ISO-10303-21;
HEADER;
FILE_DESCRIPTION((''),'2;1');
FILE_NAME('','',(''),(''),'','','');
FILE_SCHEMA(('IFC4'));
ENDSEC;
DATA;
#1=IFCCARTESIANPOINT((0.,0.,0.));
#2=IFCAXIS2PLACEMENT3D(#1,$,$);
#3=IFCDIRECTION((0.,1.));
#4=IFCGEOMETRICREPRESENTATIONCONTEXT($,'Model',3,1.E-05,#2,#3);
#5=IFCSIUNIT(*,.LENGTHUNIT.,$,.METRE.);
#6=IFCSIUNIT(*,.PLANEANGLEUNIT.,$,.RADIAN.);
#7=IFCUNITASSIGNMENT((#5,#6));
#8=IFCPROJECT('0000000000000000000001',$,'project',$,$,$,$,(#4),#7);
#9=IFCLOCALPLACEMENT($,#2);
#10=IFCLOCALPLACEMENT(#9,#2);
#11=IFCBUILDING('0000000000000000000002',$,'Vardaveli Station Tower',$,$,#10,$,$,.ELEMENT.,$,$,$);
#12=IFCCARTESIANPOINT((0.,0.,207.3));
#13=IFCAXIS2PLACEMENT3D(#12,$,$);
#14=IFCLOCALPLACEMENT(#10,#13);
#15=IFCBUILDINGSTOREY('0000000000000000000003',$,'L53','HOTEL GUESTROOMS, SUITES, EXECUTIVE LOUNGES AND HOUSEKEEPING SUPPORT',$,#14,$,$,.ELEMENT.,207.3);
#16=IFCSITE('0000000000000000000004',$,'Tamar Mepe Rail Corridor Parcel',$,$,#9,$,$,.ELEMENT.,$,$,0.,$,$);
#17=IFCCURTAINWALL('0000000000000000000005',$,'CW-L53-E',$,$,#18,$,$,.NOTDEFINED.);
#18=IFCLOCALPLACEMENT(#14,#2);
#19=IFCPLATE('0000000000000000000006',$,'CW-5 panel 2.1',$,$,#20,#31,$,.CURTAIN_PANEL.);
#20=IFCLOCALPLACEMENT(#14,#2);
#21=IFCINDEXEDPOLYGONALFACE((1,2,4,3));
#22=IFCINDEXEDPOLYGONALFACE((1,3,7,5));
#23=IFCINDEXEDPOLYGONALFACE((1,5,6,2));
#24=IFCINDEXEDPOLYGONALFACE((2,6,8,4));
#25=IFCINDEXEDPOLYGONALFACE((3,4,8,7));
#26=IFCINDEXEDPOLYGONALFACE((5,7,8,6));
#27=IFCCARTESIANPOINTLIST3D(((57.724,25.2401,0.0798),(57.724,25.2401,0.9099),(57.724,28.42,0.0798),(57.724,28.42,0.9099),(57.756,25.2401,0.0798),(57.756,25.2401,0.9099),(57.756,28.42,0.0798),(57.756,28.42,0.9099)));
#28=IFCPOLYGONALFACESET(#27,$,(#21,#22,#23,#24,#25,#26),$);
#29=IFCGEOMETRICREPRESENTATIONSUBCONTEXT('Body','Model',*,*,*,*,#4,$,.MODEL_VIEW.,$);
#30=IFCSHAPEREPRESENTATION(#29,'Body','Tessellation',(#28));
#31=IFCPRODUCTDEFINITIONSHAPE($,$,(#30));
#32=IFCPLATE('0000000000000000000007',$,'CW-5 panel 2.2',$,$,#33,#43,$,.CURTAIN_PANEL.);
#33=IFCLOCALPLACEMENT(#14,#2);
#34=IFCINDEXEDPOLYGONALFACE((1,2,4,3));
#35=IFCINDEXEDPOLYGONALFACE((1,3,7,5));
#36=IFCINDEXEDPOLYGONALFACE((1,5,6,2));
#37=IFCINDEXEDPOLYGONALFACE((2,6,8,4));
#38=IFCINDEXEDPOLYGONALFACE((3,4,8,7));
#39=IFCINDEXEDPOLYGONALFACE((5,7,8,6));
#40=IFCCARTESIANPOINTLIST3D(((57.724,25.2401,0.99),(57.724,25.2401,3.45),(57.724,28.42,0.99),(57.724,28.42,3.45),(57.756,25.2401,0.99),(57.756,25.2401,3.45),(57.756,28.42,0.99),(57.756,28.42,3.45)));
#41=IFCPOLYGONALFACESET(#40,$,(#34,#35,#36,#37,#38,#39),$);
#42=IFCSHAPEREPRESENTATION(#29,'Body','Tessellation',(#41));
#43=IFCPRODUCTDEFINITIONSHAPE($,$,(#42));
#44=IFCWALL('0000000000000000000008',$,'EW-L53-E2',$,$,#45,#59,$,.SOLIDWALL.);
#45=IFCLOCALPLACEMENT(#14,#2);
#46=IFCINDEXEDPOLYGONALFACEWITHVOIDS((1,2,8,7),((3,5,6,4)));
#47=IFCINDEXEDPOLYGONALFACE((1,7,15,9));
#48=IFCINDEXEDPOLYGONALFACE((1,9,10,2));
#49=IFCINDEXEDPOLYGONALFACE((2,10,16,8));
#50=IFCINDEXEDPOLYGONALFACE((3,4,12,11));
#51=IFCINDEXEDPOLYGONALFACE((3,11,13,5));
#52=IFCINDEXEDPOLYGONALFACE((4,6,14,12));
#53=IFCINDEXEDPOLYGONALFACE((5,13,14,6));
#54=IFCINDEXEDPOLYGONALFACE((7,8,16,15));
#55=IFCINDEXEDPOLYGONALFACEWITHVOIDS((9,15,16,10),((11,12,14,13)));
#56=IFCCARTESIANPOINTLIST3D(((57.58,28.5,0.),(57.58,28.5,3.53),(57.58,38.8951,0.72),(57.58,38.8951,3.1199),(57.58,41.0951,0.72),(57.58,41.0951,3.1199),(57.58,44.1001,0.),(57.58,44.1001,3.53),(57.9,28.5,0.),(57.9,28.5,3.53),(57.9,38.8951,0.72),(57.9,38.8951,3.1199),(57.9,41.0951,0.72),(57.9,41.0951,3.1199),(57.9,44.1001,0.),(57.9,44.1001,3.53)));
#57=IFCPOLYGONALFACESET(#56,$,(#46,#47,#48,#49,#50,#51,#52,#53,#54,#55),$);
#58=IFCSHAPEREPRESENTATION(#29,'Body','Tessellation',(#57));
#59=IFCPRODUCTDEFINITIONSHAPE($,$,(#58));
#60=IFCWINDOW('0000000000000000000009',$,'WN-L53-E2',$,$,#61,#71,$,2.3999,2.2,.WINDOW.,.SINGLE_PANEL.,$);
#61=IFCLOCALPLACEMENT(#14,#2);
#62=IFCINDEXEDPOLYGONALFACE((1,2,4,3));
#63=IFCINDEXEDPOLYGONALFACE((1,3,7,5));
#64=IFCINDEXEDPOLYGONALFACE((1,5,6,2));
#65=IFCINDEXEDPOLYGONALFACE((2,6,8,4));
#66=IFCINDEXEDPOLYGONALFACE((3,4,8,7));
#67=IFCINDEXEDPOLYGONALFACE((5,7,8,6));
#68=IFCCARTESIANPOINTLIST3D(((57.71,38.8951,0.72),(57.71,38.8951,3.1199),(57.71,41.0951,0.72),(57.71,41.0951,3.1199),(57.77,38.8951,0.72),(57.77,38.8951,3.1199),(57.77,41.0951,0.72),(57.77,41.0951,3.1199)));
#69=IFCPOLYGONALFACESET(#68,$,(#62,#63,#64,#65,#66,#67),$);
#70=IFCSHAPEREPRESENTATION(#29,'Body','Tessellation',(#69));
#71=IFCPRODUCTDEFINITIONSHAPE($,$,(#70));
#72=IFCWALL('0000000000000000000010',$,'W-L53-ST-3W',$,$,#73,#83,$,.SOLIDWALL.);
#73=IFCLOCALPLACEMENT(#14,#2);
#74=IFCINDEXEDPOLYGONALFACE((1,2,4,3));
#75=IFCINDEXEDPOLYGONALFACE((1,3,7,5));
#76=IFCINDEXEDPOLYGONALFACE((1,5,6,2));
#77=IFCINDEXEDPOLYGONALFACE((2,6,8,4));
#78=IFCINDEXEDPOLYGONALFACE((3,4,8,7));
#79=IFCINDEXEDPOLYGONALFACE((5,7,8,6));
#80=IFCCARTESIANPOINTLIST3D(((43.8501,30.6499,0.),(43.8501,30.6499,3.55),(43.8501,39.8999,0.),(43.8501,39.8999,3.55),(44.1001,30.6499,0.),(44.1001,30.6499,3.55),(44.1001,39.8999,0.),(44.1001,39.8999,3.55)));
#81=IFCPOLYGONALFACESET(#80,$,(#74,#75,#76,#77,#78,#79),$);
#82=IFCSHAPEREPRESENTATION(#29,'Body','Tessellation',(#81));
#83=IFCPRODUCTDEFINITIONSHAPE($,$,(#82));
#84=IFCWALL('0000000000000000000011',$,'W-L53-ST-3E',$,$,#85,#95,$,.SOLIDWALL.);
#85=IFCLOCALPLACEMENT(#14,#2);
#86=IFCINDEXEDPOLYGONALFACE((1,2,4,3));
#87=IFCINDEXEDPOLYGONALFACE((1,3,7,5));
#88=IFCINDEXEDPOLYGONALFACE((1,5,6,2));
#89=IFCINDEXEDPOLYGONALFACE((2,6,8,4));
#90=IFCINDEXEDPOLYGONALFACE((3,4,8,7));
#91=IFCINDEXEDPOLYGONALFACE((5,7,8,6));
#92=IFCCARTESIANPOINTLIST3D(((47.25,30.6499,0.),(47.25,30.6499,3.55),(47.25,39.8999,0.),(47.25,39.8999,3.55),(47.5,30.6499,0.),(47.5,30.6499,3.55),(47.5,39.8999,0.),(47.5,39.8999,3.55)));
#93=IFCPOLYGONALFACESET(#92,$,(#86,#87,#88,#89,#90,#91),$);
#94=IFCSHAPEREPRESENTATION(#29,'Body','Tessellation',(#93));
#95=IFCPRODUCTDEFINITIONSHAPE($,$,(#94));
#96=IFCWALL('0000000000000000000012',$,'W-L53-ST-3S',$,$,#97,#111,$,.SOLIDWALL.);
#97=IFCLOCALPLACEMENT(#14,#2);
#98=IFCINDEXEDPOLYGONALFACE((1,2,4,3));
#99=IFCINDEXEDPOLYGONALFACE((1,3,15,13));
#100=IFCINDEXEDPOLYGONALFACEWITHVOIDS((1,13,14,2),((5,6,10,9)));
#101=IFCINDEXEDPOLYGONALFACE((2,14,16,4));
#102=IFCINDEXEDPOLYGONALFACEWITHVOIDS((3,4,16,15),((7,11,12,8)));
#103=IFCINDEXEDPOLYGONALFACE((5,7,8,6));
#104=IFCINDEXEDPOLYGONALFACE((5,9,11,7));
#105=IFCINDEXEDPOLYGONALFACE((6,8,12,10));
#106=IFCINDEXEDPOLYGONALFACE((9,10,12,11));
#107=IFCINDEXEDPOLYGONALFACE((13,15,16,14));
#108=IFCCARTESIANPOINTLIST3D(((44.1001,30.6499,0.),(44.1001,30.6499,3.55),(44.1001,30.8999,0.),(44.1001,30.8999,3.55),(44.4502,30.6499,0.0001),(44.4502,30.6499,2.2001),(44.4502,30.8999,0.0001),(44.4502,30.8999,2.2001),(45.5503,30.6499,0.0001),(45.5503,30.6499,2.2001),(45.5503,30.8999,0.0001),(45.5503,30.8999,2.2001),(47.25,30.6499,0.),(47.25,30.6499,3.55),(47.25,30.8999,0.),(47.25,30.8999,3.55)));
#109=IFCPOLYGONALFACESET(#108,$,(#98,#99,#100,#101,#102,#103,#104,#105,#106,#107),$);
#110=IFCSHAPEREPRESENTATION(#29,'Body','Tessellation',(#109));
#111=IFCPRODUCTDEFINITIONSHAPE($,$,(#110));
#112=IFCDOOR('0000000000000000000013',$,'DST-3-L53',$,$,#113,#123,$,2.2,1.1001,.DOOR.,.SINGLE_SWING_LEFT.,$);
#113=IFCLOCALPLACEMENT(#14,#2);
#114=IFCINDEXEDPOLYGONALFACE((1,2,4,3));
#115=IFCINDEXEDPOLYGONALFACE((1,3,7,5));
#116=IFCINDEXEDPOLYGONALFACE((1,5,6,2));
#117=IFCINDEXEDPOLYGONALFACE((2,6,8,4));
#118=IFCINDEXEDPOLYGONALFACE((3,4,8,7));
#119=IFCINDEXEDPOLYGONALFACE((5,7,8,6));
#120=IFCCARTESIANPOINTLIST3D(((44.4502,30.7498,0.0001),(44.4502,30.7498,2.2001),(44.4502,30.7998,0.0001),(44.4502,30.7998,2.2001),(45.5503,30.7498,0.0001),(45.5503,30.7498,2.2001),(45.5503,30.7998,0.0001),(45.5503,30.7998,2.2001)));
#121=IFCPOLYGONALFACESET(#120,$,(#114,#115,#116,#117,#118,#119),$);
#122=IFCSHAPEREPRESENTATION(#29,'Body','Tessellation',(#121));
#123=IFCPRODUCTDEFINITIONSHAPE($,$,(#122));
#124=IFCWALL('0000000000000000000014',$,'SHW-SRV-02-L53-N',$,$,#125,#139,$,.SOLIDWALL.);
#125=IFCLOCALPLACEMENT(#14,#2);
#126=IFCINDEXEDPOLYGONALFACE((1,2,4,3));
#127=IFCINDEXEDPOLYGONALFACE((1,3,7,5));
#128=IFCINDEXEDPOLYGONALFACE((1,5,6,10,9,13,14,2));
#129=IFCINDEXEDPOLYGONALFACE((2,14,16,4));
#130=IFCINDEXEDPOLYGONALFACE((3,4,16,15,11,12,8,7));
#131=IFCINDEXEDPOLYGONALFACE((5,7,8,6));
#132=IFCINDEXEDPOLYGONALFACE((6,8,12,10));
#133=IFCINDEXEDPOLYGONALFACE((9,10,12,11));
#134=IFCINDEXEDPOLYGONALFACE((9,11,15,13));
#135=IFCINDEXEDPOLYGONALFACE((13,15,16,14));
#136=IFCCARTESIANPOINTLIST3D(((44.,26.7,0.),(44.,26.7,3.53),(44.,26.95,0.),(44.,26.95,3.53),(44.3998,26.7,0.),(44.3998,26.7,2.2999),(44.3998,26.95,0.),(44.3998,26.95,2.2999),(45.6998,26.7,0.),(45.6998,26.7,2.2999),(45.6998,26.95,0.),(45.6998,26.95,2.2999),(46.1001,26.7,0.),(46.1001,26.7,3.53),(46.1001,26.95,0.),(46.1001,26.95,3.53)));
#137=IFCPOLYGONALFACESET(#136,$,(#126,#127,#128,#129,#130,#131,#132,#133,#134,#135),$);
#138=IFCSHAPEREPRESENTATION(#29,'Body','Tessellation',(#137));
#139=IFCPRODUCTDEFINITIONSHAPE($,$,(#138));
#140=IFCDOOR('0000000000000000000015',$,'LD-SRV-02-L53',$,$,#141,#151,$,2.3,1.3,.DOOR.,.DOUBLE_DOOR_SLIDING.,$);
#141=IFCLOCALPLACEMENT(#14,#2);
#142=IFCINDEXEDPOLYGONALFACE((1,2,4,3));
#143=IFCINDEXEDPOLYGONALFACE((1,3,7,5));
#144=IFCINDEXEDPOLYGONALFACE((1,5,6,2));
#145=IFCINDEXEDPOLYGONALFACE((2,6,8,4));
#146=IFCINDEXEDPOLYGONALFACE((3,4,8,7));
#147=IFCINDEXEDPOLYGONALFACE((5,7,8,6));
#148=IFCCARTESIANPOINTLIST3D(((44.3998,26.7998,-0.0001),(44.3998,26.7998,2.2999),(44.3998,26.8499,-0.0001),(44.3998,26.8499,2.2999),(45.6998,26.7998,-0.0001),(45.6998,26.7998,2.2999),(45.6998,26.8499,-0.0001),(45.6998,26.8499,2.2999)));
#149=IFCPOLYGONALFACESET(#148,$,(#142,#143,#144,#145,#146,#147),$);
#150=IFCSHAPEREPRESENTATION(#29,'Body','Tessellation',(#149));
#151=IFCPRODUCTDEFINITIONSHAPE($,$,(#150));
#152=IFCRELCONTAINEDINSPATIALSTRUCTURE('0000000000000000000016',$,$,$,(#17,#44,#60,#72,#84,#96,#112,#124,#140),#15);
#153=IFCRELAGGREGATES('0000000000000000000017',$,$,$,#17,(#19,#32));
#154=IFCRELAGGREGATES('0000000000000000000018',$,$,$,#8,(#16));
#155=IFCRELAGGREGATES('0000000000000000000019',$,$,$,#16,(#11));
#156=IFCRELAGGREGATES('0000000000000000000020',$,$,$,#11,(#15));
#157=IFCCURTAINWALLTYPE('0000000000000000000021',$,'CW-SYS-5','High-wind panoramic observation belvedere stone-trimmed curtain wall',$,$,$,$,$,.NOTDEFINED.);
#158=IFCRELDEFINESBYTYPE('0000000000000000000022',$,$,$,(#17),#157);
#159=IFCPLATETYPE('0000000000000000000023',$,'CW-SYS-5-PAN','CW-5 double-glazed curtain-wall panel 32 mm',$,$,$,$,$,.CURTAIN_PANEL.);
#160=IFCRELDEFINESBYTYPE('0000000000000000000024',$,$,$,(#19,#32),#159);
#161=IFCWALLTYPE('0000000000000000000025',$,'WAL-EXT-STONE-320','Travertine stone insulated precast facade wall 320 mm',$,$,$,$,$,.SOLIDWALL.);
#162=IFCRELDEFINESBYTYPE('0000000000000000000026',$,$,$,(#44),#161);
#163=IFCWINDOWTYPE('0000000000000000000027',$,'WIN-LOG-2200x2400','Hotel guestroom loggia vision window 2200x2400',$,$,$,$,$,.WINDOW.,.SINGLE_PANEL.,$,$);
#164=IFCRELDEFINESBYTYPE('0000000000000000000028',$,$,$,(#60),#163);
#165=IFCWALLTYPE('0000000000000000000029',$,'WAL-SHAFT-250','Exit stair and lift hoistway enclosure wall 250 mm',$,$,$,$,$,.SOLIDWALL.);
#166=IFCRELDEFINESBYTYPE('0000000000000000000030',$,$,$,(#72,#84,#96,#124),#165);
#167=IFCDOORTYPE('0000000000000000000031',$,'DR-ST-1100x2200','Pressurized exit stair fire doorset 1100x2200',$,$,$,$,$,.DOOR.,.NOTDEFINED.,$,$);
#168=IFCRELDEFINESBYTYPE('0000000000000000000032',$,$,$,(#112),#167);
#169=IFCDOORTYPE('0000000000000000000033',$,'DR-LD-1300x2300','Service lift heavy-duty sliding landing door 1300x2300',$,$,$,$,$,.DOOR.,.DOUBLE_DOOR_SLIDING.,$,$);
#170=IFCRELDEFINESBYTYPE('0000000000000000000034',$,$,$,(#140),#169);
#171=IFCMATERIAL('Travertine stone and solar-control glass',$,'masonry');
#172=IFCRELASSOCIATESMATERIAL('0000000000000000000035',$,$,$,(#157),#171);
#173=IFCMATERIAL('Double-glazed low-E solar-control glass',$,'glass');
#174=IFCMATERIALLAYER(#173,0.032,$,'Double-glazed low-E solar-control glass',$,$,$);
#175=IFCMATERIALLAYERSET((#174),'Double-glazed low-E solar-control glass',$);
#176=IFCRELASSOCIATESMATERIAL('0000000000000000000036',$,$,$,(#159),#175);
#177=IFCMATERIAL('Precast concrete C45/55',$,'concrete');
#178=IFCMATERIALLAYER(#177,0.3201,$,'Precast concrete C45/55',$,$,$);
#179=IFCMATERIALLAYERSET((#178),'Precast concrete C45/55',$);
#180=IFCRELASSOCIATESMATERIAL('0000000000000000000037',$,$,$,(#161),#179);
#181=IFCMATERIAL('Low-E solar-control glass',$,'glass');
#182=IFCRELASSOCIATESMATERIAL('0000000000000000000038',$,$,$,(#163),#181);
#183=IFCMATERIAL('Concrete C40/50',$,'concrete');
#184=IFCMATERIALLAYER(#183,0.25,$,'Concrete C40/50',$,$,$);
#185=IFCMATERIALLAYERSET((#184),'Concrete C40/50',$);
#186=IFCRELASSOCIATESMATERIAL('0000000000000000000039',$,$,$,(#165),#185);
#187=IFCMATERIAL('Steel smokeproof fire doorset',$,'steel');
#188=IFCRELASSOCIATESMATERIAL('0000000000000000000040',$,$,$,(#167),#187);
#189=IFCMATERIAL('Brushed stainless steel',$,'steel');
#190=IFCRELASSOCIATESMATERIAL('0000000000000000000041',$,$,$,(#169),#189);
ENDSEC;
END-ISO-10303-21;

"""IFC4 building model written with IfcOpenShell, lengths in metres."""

from ifc_helpers import new_model, si_unit, direction, frame, frame_2d, origin, origin_2d, place, context, subcontext, project, spatial, rectangle, extrude, source, transform, mapped, material, layer, layer_set, type_object, element, fill, aggregate, save


model = new_model("IFC4")

# Units and contexts
model_context = context("Model", 3, precision=1e-05, world=origin(), true_north=direction((0.0, 1.0)))
body_context = subcontext(model_context, "Body", "Model", "MODEL_VIEW")
ifc_project = project(units=[si_unit("LENGTHUNIT", "METRE"), si_unit("PLANEANGLEUNIT", "RADIAN")], contexts=[model_context])

# Site, building, storey
site_placement = place(None, origin())
site = spatial("IfcSite", under=ifc_project, at=site_placement, Name="Tamar Mepe Rail Corridor Parcel", CompositionType="ELEMENT", RefElevation=0.0)
building_placement = place(site_placement, origin())
building = spatial("IfcBuilding", under=site, at=building_placement, Name="Vardaveli Station Tower", CompositionType="ELEMENT")
storey_placement = place(building_placement, frame((0.0, 0.0, 207.3)))
storey = spatial("IfcBuildingStorey", under=building, at=storey_placement, Name="L53", Description="HOTEL GUESTROOMS, SUITES, EXECUTIVE LOUNGES AND HOUSEKEEPING SUPPORT", CompositionType="ELEMENT", Elevation=207.3)

# Shared definitions
ifc_material_1 = material(Name="Precast concrete C45/55", Category="concrete")

# Curtain wall, plates
ifc_material_2 = material(Name="Travertine stone and solar-control glass", Category="masonry")
curtain_wall_type = type_object("IfcCurtainWallType", Name="CW-SYS-5", Description="High-wind panoramic observation belvedere stone-trimmed curtain wall", PredefinedType="NOTDEFINED", material=ifc_material_2)
curtain_wall_placement = place(storey_placement, origin())
curtain_wall = element("IfcCurtainWall", 1, at=curtain_wall_placement, inside=storey, type_object=curtain_wall_type, Name="CW-L53-E", PredefinedType="NOTDEFINED")
ifc_material_3 = material(Name="Double-glazed low-E solar-control glass", Category="glass")
ifc_layer_1 = layer(ifc_material_3, 0.032, Name="Double-glazed low-E solar-control glass")
ifc_layer_set_1 = layer_set([ifc_layer_1], Name="Double-glazed low-E solar-control glass")
plate_type = type_object("IfcPlateType", Name="CW-SYS-5-PAN", Description="CW-5 double-glazed curtain-wall panel 32 mm", PredefinedType="CURTAIN_PANEL", material=ifc_layer_set_1)
shared_shape_1 = source(origin(), body_context, "Body", "SweptSolid", [
    extrude(rectangle(XDim=3.1799, YDim=0.032, at=origin_2d()), origin(), (0.0, 0.0, 1.0), 0.8301),
])
plate_1_placement = place(storey_placement, frame((57.74, 26.8301, 0.0798), z_axis=(0.0, 0.0, 1.0), x_axis=(0.0, 1.0, 0.0)))
plate_1 = element("IfcPlate", 2, at=plate_1_placement, type_object=plate_type, Name="CW-5 panel 2.1", PredefinedType="CURTAIN_PANEL", context=body_context, shape_type="MappedRepresentation", body=[
    mapped(shared_shape_1, transform((0.0, 0.0, 0.0), scale=1.0)),
])
shared_shape_2 = source(origin(), body_context, "Body", "SweptSolid", [
    extrude(rectangle(XDim=3.1799, YDim=0.032, at=origin_2d()), origin(), (0.0, 0.0, 1.0), 2.46),
])
plate_2_placement = place(storey_placement, frame((57.74, 26.8301, 0.99), z_axis=(0.0, 0.0, 1.0), x_axis=(0.0, 1.0, 0.0)))
plate_2 = element("IfcPlate", 3, at=plate_2_placement, type_object=plate_type, Name="CW-5 panel 2.2", PredefinedType="CURTAIN_PANEL", context=body_context, shape_type="MappedRepresentation", body=[
    mapped(shared_shape_2, transform((0.0, 0.0, 0.0), scale=1.0)),
])
aggregate(curtain_wall, [plate_1, plate_2])

# Wall, opening, window
ifc_layer_2 = layer(ifc_material_1, 0.3201, Name="Precast concrete C45/55")
ifc_layer_set_2 = layer_set([ifc_layer_2], Name="Precast concrete C45/55")
wall_type_1 = type_object("IfcWallType", Name="WAL-EXT-STONE-320", Description="Travertine stone insulated precast facade wall 320 mm", PredefinedType="SOLIDWALL", material=ifc_layer_set_2)
shared_shape_3 = source(origin(), body_context, "Body", "SweptSolid", [
    extrude(rectangle(XDim=15.6001, YDim=0.3201, at=frame_2d((7.8, 0.0))), origin(), (0.0, 0.0, 1.0), 3.53),
])
wall_1_placement = place(storey_placement, frame((57.74, 28.5, 0.0), z_axis=(0.0, 0.0, 1.0), x_axis=(0.0, 1.0, 0.0)))
wall_1 = element("IfcWall", 4, at=wall_1_placement, inside=storey, type_object=wall_type_1, Name="EW-L53-E2", PredefinedType="SOLIDWALL", context=body_context, shape_type="MappedRepresentation", body=[
    mapped(shared_shape_3, transform((0.0, 0.0, 0.0), scale=1.0)),
])
shared_shape_4 = source(origin(), body_context, "Body", "SweptSolid", [
    extrude(rectangle(XDim=2.2, YDim=2.3999, at=frame_2d((1.1001, 1.2))), frame((0.0, 0.1699, 0.0), z_axis=(0.0, -1.0, 0.0), x_axis=(1.0, 0.0, 0.0)), (0.0, 0.0, 1.0), 0.3401),
])
opening_1_placement = place(wall_1_placement, frame((10.395, 0.0, 0.72)))
opening_1 = element("IfcOpeningElement", 5, at=opening_1_placement, cuts=wall_1, PredefinedType="OPENING", context=body_context, shape_type="MappedRepresentation", body=[
    mapped(shared_shape_4, transform((0.0, 0.0, 0.0), scale=1.0)),
])
ifc_material_4 = material(Name="Low-E solar-control glass", Category="glass")
window_type = type_object("IfcWindowType", Name="WIN-LOG-2200x2400", Description="Hotel guestroom loggia vision window 2200x2400", PartitioningType="SINGLE_PANEL", PredefinedType="WINDOW", material=ifc_material_4)
shared_shape_5 = source(origin(), body_context, "Body", "SweptSolid", [
    extrude(rectangle(XDim=2.2, YDim=2.3999, at=frame_2d((1.1001, 1.2))), frame((0.0, 0.03, 0.0), z_axis=(0.0, -1.0, 0.0), x_axis=(1.0, 0.0, 0.0)), (0.0, 0.0, 1.0), 0.0601),
])
window_placement = place(opening_1_placement, origin())
window = element("IfcWindow", 6, at=window_placement, inside=storey, type_object=window_type, Name="WN-L53-E2", OverallHeight=2.3999, OverallWidth=2.2, PartitioningType="SINGLE_PANEL", PredefinedType="WINDOW", context=body_context, shape_type="MappedRepresentation", body=[
    mapped(shared_shape_5, transform((0.0, 0.0, 0.0), scale=1.0)),
])
fill(opening_1, window)

# Walls
ifc_material_5 = material(Name="Concrete C40/50", Category="concrete")
ifc_layer_3 = layer(ifc_material_5, 0.25, Name="Concrete C40/50")
ifc_layer_set_3 = layer_set([ifc_layer_3], Name="Concrete C40/50")
wall_type_2 = type_object("IfcWallType", Name="WAL-SHAFT-250", Description="Exit stair and lift hoistway enclosure wall 250 mm", PredefinedType="SOLIDWALL", material=ifc_layer_set_3)
shared_shape_6 = source(origin(), body_context, "Body", "SweptSolid", [
    extrude(rectangle(XDim=9.25, YDim=0.25, at=frame_2d((4.625, 0.0))), origin(), (0.0, 0.0, 1.0), 3.55),
])
for number, where, z_axis, x_axis, name in (
    (7, (43.9751, 30.6499, 0.0), (0.0, 0.0, 1.0), (0.0, 1.0, 0.0), "W-L53-ST-3W"),
    (8, (47.375, 30.6499, 0.0), (0.0, 0.0, 1.0), (0.0, 1.0, 0.0), "W-L53-ST-3E"),
):
    element("IfcWall", number, at=place(storey_placement, frame(where, z_axis=z_axis, x_axis=x_axis)), inside=storey, type_object=wall_type_2, Name=name, PredefinedType="SOLIDWALL", context=body_context, shape_type="MappedRepresentation", body=[
        mapped(shared_shape_6, transform((0.0, 0.0, 0.0), scale=1.0)),
    ])

# Walls, openings, doors
shared_shape_7 = source(origin(), body_context, "Body", "SweptSolid", [
    extrude(rectangle(XDim=3.1499, YDim=0.25, at=frame_2d((1.575, 0.0))), origin(), (0.0, 0.0, 1.0), 3.55),
])
wall_2_placement = place(storey_placement, frame((44.1001, 30.7749, 0.0), z_axis=(0.0, 0.0, 1.0), x_axis=(1.0, 0.0, 0.0)))
wall_2 = element("IfcWall", 9, at=wall_2_placement, inside=storey, type_object=wall_type_2, Name="W-L53-ST-3S", PredefinedType="SOLIDWALL", context=body_context, shape_type="MappedRepresentation", body=[
    mapped(shared_shape_7, transform((0.0, 0.0, 0.0), scale=1.0)),
])
shared_shape_8 = source(origin(), body_context, "Body", "SweptSolid", [
    extrude(rectangle(XDim=1.1001, YDim=2.2, at=frame_2d((0.55, 1.1001))), frame((0.0, 0.135, 0.0), z_axis=(0.0, -1.0, 0.0), x_axis=(1.0, 0.0, 0.0)), (0.0, 0.0, 1.0), 0.27),
])
opening_2_placement = place(wall_2_placement, frame((0.3501, 0.0, 0.0)))
opening_2 = element("IfcOpeningElement", 10, at=opening_2_placement, cuts=wall_2, PredefinedType="OPENING", context=body_context, shape_type="MappedRepresentation", body=[
    mapped(shared_shape_8, transform((0.0, 0.0, 0.0), scale=1.0)),
])
ifc_material_6 = material(Name="Steel smokeproof fire doorset", Category="steel")
door_type_1 = type_object("IfcDoorType", Name="DR-ST-1100x2200", Description="Pressurized exit stair fire doorset 1100x2200", OperationType="NOTDEFINED", PredefinedType="DOOR", material=ifc_material_6)
shared_shape_9 = source(origin(), body_context, "Body", "SweptSolid", [
    extrude(rectangle(XDim=1.1001, YDim=2.2, at=frame_2d((0.55, 1.1001))), frame((0.0, 0.0249, 0.0), z_axis=(0.0, -1.0, 0.0), x_axis=(1.0, 0.0, 0.0)), (0.0, 0.0, 1.0), 0.05),
])
door_1_placement = place(opening_2_placement, origin())
door_1 = element("IfcDoor", 11, at=door_1_placement, inside=storey, type_object=door_type_1, Name="DST-3-L53", OperationType="SINGLE_SWING_LEFT", OverallHeight=2.2, OverallWidth=1.1001, PredefinedType="DOOR", context=body_context, shape_type="MappedRepresentation", body=[
    mapped(shared_shape_9, transform((0.0, 0.0, 0.0), scale=1.0)),
])
fill(opening_2, door_1)
shared_shape_10 = source(origin(), body_context, "Body", "SweptSolid", [
    extrude(rectangle(XDim=2.1001, YDim=0.25, at=frame_2d((1.05, 0.0))), origin(), (0.0, 0.0, 1.0), 3.53),
])
wall_3_placement = place(storey_placement, frame((44.0, 26.825, 0.0), z_axis=(0.0, 0.0, 1.0), x_axis=(1.0, 0.0, 0.0)))
wall_3 = element("IfcWall", 12, at=wall_3_placement, inside=storey, type_object=wall_type_2, Name="SHW-SRV-02-L53-N", PredefinedType="SOLIDWALL", context=body_context, shape_type="MappedRepresentation", body=[
    mapped(shared_shape_10, transform((0.0, 0.0, 0.0), scale=1.0)),
])
shared_shape_11 = source(origin(), body_context, "Body", "SweptSolid", [
    extrude(rectangle(XDim=1.3, YDim=2.3, at=frame_2d((0.6499, 1.1499))), frame((0.0, 0.135, 0.0), z_axis=(0.0, -1.0, 0.0), x_axis=(1.0, 0.0, 0.0)), (0.0, 0.0, 1.0), 0.27),
])
opening_3_placement = place(wall_3_placement, frame((0.3999, 0.0, 0.0)))
opening_3 = element("IfcOpeningElement", 13, at=opening_3_placement, cuts=wall_3, PredefinedType="OPENING", context=body_context, shape_type="MappedRepresentation", body=[
    mapped(shared_shape_11, transform((0.0, 0.0, 0.0), scale=1.0)),
])
ifc_material_7 = material(Name="Brushed stainless steel", Category="steel")
door_type_2 = type_object("IfcDoorType", Name="DR-LD-1300x2300", Description="Service lift heavy-duty sliding landing door 1300x2300", OperationType="DOUBLE_DOOR_SLIDING", PredefinedType="DOOR", material=ifc_material_7)
shared_shape_12 = source(origin(), body_context, "Body", "SweptSolid", [
    extrude(rectangle(XDim=1.3, YDim=2.3, at=frame_2d((0.6499, 1.1499))), frame((0.0, 0.0249, 0.0), z_axis=(0.0, -1.0, 0.0), x_axis=(1.0, 0.0, 0.0)), (0.0, 0.0, 1.0), 0.05),
])
door_2_placement = place(opening_3_placement, origin())
door_2 = element("IfcDoor", 14, at=door_2_placement, inside=storey, type_object=door_type_2, Name="LD-SRV-02-L53", OperationType="DOUBLE_DOOR_SLIDING", OverallHeight=2.3, OverallWidth=1.3, PredefinedType="DOOR", context=body_context, shape_type="MappedRepresentation", body=[
    mapped(shared_shape_12, transform((0.0, 0.0, 0.0), scale=1.0)),
])
fill(opening_3, door_2)

save(model, "model.ifc")
